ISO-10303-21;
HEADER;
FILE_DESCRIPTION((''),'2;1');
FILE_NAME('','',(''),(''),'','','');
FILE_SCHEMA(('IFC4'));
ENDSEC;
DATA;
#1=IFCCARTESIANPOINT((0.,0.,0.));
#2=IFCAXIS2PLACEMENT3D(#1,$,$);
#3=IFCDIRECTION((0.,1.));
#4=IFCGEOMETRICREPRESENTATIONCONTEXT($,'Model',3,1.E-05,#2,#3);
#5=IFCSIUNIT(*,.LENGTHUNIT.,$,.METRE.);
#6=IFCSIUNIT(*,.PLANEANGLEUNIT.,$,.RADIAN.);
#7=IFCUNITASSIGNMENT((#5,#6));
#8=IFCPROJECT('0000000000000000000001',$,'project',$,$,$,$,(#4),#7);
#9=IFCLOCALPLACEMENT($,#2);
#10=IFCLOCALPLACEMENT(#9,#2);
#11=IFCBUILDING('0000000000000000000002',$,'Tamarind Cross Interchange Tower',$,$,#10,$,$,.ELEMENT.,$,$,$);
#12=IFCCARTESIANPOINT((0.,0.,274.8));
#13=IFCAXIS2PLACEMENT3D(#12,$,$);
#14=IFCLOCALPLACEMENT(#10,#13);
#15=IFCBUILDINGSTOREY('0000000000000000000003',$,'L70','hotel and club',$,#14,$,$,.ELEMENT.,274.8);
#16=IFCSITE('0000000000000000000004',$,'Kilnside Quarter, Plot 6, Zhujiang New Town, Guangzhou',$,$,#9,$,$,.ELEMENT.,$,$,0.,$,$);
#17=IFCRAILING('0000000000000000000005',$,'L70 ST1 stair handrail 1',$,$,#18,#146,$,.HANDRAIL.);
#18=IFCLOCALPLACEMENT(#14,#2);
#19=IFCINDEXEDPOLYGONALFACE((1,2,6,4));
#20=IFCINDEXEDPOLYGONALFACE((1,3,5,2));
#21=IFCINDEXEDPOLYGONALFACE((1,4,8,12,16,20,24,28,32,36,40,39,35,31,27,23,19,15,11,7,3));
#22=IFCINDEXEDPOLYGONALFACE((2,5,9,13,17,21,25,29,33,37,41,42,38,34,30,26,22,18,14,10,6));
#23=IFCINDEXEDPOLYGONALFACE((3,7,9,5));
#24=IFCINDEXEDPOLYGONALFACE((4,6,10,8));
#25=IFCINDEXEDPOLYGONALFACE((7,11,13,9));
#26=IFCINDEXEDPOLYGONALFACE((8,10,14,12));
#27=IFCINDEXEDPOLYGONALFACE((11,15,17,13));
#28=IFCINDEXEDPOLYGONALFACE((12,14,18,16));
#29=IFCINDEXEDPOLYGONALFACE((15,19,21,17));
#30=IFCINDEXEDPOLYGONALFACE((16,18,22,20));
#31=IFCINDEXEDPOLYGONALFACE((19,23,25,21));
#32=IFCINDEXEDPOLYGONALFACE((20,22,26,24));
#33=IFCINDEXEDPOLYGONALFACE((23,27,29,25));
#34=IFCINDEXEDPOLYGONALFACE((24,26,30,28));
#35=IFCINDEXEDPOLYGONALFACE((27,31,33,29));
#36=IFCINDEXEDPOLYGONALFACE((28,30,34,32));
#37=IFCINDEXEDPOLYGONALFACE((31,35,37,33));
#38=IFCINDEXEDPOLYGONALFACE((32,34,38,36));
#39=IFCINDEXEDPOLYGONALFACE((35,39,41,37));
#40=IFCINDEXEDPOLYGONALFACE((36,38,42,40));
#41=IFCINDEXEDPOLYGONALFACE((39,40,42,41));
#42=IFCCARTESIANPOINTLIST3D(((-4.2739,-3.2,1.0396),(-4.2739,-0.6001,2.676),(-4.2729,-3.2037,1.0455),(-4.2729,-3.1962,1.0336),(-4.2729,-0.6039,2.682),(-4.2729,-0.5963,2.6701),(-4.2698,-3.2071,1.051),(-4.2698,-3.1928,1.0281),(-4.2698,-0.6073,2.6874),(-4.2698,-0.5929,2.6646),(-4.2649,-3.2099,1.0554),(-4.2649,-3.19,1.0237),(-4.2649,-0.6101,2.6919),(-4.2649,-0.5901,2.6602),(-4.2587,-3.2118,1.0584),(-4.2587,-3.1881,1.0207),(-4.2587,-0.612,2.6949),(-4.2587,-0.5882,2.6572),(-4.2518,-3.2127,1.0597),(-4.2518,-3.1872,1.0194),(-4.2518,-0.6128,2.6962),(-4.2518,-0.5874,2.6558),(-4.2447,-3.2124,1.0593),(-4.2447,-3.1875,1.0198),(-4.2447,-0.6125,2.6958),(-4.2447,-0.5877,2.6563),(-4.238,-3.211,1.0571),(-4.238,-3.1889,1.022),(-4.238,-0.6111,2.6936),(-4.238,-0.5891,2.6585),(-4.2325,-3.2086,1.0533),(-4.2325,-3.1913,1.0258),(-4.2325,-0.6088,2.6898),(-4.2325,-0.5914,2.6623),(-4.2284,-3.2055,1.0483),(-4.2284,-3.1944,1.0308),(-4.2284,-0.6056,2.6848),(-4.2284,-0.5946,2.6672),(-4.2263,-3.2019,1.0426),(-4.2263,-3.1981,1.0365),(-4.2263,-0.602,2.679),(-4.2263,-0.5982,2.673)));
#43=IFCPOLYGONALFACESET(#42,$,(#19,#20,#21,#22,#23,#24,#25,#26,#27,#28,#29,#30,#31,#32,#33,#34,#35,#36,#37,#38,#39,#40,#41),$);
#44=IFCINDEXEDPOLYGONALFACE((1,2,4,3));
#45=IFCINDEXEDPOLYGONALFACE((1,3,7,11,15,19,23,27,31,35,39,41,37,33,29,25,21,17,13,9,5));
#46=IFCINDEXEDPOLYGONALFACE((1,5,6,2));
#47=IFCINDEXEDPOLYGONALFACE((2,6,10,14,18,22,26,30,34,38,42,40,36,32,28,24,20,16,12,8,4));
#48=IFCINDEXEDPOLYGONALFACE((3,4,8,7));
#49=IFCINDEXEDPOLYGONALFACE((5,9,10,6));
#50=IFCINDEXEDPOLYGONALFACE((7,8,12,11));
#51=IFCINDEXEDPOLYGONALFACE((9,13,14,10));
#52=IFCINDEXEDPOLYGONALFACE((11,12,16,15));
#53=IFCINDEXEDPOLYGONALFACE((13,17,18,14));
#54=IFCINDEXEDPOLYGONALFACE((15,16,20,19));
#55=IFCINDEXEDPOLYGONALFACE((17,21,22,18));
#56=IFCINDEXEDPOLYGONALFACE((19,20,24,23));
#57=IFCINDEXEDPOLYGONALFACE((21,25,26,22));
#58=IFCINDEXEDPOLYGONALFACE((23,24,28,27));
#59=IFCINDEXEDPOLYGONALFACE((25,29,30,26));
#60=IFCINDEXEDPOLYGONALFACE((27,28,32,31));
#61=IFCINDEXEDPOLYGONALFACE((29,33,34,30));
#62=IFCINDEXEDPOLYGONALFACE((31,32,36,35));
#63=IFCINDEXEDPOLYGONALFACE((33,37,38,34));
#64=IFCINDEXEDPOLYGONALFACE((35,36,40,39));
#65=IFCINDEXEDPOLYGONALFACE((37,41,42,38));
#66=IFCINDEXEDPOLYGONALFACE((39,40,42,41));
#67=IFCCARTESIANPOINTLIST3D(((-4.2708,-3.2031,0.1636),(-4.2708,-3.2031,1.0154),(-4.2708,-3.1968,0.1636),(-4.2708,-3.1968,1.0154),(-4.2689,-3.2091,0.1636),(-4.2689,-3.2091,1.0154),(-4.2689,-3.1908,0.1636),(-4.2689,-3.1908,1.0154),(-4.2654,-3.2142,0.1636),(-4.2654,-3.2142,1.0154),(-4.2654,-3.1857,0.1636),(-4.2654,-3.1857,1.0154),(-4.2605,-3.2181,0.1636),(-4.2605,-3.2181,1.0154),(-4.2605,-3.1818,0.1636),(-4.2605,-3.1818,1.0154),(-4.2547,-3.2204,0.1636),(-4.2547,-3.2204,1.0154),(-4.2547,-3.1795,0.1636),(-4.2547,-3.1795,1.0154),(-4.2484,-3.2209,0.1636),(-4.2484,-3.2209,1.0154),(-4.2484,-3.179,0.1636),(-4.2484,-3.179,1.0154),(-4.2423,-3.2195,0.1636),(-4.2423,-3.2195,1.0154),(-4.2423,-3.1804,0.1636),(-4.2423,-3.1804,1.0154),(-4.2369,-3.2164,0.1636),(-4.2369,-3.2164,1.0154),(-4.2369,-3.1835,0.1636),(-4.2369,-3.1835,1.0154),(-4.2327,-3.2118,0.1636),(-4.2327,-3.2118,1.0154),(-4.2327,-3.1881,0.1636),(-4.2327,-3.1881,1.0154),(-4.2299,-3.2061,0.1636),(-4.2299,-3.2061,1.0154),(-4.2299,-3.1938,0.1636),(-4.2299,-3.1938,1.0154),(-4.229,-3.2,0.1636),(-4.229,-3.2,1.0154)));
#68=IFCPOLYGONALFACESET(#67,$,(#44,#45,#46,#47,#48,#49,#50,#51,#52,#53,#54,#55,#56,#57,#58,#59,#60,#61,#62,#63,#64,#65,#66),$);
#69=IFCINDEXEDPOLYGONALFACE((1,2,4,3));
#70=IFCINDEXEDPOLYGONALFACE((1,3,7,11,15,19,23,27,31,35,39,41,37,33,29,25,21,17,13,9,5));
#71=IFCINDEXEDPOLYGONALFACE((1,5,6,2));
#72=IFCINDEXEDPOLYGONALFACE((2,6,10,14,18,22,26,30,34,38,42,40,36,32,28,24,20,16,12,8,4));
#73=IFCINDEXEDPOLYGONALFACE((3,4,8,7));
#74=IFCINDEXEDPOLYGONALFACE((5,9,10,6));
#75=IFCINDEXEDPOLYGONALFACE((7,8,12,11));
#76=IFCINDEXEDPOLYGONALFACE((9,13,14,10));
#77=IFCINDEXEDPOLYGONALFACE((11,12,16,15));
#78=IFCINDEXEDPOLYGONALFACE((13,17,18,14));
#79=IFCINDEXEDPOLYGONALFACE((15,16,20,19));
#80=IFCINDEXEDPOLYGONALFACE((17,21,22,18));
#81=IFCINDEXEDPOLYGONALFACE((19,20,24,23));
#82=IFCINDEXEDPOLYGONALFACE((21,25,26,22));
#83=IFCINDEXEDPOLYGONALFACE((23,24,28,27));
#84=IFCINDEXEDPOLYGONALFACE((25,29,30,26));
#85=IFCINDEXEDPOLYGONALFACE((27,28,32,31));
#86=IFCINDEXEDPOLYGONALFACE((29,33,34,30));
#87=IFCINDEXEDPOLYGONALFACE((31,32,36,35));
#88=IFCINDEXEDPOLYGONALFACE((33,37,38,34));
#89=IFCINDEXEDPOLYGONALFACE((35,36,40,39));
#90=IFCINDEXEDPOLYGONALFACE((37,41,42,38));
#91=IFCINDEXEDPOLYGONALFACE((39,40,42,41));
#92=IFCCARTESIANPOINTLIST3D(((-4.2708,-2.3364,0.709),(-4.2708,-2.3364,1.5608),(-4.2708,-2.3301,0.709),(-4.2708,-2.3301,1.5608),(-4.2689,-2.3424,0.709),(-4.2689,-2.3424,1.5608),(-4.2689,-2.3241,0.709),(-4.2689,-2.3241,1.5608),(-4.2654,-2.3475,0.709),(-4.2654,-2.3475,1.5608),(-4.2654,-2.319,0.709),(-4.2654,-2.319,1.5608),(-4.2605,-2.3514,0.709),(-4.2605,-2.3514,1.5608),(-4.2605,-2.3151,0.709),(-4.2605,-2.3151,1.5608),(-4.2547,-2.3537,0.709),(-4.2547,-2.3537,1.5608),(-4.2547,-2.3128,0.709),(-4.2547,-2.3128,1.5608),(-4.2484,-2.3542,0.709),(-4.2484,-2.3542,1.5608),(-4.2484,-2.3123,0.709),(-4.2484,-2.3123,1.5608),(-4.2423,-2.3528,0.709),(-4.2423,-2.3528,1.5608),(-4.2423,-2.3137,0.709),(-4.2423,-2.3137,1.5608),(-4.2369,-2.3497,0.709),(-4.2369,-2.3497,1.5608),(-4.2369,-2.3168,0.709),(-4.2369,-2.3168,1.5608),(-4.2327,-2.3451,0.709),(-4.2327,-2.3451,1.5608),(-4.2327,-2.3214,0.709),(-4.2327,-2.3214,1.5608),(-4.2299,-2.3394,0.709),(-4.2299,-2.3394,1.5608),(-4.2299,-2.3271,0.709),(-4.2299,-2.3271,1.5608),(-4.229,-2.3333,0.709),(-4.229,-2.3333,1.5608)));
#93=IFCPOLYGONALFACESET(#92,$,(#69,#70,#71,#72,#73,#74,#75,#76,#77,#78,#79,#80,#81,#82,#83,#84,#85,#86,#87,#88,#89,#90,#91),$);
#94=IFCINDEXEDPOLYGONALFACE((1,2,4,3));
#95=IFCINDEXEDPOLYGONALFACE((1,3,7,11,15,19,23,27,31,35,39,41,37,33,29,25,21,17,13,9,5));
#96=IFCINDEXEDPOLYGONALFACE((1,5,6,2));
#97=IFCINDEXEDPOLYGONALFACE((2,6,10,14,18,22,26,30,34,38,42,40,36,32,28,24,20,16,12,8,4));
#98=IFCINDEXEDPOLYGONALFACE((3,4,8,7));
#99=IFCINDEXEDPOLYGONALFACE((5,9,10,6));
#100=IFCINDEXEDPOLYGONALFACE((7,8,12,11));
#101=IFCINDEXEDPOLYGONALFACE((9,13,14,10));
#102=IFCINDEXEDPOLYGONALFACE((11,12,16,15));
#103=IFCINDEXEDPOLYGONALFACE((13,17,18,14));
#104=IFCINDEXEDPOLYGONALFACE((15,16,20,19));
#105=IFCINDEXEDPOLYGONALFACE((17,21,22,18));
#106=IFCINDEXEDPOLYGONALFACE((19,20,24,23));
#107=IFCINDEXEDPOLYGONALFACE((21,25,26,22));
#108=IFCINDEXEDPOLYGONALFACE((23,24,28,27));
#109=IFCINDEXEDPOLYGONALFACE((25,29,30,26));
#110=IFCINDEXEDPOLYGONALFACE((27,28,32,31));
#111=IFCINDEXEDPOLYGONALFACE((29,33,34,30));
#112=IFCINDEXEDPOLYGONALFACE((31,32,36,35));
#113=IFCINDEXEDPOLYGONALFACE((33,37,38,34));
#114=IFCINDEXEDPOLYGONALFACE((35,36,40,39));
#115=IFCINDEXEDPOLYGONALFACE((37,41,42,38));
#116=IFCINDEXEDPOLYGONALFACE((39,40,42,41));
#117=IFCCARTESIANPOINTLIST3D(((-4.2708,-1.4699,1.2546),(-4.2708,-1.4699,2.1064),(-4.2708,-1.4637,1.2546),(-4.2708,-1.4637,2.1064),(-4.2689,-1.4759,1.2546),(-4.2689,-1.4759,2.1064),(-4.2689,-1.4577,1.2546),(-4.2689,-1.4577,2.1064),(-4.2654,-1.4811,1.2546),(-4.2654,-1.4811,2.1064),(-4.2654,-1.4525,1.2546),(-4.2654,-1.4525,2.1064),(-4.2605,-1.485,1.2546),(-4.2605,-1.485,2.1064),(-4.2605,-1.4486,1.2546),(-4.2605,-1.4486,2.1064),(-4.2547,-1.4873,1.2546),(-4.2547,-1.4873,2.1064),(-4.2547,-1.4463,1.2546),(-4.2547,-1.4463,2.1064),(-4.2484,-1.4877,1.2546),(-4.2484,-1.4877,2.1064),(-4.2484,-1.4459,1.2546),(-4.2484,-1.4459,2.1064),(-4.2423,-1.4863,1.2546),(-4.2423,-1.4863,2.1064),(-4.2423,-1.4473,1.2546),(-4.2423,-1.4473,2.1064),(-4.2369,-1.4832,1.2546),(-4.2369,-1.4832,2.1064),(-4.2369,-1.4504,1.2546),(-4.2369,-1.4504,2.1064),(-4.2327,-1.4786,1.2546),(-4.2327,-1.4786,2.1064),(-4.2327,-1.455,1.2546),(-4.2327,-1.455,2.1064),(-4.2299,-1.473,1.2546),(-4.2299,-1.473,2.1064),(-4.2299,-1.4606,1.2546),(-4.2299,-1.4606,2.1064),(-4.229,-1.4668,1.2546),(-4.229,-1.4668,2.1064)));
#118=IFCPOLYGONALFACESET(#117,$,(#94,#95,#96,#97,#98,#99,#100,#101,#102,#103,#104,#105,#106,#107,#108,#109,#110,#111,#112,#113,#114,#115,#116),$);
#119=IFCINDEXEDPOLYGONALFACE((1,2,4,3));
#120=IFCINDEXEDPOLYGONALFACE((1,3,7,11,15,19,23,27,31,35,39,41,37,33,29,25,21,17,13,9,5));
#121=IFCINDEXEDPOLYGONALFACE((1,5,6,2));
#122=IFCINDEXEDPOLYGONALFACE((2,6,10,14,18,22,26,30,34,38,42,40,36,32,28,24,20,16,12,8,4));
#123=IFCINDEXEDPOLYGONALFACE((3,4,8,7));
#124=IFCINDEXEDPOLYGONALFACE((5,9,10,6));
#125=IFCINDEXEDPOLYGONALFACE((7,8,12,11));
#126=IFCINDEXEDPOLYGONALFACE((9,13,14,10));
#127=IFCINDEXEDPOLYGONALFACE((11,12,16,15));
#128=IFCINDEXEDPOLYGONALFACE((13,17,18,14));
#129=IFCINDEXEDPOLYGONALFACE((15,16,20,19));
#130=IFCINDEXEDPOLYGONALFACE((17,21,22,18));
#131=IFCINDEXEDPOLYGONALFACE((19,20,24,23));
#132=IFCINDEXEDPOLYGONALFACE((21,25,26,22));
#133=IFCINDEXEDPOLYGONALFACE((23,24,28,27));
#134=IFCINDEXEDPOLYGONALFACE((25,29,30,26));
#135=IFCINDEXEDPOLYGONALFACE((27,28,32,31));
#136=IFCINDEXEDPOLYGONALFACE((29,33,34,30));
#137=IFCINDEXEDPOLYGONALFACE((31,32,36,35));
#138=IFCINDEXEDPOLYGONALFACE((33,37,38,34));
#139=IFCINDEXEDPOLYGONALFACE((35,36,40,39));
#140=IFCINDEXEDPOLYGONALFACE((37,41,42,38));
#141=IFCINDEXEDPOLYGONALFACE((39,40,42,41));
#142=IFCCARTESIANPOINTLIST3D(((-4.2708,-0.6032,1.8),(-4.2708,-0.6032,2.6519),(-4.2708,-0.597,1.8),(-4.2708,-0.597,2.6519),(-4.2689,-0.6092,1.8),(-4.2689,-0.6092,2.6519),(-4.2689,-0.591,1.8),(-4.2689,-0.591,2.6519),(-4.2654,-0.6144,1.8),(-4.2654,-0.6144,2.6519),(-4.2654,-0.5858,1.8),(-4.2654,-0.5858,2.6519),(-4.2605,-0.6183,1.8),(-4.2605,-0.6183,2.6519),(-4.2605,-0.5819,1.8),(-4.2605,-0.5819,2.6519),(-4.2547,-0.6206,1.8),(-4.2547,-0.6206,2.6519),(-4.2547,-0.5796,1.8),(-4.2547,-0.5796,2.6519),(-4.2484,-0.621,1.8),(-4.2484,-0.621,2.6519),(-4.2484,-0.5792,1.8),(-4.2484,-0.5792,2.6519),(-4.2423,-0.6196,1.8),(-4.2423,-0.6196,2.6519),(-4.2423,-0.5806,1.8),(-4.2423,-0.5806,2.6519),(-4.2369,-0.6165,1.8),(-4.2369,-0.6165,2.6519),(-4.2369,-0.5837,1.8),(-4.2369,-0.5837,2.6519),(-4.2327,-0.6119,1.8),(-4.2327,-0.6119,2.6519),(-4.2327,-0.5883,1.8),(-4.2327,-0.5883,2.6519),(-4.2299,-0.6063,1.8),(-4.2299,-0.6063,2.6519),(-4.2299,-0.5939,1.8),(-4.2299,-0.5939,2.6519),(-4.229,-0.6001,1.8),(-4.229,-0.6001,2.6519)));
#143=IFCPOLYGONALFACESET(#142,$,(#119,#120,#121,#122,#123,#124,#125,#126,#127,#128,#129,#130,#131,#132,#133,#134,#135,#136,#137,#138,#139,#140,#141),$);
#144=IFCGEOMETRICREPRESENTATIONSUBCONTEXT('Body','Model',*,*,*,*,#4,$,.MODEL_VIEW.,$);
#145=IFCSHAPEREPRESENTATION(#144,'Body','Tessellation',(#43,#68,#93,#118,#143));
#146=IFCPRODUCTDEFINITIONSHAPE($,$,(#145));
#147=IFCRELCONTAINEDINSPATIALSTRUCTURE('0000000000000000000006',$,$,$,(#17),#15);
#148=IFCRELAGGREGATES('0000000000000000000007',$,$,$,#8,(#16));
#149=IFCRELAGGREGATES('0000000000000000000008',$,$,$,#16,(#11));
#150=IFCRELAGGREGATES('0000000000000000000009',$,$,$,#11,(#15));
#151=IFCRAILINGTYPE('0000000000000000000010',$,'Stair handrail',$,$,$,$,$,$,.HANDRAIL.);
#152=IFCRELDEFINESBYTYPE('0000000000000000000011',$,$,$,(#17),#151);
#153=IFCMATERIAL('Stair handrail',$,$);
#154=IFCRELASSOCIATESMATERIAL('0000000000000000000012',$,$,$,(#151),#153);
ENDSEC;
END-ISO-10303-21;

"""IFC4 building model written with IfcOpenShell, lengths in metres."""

from ifc_helpers import new_model, si_unit, direction, frame, origin, origin_2d, place, context, subcontext, project, spatial, circle, extrude, material, type_object, element, save


model = new_model("IFC4")

# Units and contexts
model_context = context("Model", 3, precision=1e-05, world=origin(), true_north=direction((0.0, 1.0)))
body_context = subcontext(model_context, "Body", "Model", "MODEL_VIEW")
ifc_project = project(units=[si_unit("LENGTHUNIT", "METRE"), si_unit("PLANEANGLEUNIT", "RADIAN")], contexts=[model_context])

# Site, building, storey
site_placement = place(None, origin())
site = spatial("IfcSite", under=ifc_project, at=site_placement, Name="Kilnside Quarter, Plot 6, Zhujiang New Town, Guangzhou", CompositionType="ELEMENT", RefElevation=0.0)
building_placement = place(site_placement, origin())
building = spatial("IfcBuilding", under=site, at=building_placement, Name="Tamarind Cross Interchange Tower", CompositionType="ELEMENT")
storey_placement = place(building_placement, frame((0.0, 0.0, 274.8)))
storey = spatial("IfcBuildingStorey", under=building, at=storey_placement, Name="L70", Description="hotel and club", CompositionType="ELEMENT", Elevation=274.8)

# Railing
ifc_material_1 = material(Name="Stair handrail")
railing_type_1 = type_object("IfcRailingType", Name="Stair handrail", PredefinedType="HANDRAIL", material=ifc_material_1)
railing_1_placement = place(storey_placement, frame((-4.25, -3.2, 0.1636)))
element("IfcRailing", 1, at=railing_1_placement, inside=storey, type_object=railing_type_1, Name="L70 ST1 stair handrail 1", PredefinedType="HANDRAIL", context=body_context, shape_type="SweptSolid", body=[
    extrude(circle(Radius=0.0239, at=origin_2d()), frame((0.0, 0.0, 0.876), z_axis=(0.0, 0.846302, 0.532704), x_axis=(-1.0, 0.0, 0.0)), (0.0, 0.0, 1.0), 3.072),
    extrude(circle(Radius=0.021, at=origin_2d()), origin(), (0.0, 0.0, 1.0), 0.8518),
    extrude(circle(Radius=0.021, at=origin_2d()), frame((0.0, 0.8667, 0.5454)), (0.0, 0.0, 1.0), 0.8518),
    extrude(circle(Radius=0.021, at=origin_2d()), frame((0.0, 1.7332, 1.0911)), (0.0, 0.0, 1.0), 0.8518),
    extrude(circle(Radius=0.021, at=origin_2d()), frame((0.0, 2.5999, 1.6365)), (0.0, 0.0, 1.0), 0.8518),
])

save(model, "model.ifc")
